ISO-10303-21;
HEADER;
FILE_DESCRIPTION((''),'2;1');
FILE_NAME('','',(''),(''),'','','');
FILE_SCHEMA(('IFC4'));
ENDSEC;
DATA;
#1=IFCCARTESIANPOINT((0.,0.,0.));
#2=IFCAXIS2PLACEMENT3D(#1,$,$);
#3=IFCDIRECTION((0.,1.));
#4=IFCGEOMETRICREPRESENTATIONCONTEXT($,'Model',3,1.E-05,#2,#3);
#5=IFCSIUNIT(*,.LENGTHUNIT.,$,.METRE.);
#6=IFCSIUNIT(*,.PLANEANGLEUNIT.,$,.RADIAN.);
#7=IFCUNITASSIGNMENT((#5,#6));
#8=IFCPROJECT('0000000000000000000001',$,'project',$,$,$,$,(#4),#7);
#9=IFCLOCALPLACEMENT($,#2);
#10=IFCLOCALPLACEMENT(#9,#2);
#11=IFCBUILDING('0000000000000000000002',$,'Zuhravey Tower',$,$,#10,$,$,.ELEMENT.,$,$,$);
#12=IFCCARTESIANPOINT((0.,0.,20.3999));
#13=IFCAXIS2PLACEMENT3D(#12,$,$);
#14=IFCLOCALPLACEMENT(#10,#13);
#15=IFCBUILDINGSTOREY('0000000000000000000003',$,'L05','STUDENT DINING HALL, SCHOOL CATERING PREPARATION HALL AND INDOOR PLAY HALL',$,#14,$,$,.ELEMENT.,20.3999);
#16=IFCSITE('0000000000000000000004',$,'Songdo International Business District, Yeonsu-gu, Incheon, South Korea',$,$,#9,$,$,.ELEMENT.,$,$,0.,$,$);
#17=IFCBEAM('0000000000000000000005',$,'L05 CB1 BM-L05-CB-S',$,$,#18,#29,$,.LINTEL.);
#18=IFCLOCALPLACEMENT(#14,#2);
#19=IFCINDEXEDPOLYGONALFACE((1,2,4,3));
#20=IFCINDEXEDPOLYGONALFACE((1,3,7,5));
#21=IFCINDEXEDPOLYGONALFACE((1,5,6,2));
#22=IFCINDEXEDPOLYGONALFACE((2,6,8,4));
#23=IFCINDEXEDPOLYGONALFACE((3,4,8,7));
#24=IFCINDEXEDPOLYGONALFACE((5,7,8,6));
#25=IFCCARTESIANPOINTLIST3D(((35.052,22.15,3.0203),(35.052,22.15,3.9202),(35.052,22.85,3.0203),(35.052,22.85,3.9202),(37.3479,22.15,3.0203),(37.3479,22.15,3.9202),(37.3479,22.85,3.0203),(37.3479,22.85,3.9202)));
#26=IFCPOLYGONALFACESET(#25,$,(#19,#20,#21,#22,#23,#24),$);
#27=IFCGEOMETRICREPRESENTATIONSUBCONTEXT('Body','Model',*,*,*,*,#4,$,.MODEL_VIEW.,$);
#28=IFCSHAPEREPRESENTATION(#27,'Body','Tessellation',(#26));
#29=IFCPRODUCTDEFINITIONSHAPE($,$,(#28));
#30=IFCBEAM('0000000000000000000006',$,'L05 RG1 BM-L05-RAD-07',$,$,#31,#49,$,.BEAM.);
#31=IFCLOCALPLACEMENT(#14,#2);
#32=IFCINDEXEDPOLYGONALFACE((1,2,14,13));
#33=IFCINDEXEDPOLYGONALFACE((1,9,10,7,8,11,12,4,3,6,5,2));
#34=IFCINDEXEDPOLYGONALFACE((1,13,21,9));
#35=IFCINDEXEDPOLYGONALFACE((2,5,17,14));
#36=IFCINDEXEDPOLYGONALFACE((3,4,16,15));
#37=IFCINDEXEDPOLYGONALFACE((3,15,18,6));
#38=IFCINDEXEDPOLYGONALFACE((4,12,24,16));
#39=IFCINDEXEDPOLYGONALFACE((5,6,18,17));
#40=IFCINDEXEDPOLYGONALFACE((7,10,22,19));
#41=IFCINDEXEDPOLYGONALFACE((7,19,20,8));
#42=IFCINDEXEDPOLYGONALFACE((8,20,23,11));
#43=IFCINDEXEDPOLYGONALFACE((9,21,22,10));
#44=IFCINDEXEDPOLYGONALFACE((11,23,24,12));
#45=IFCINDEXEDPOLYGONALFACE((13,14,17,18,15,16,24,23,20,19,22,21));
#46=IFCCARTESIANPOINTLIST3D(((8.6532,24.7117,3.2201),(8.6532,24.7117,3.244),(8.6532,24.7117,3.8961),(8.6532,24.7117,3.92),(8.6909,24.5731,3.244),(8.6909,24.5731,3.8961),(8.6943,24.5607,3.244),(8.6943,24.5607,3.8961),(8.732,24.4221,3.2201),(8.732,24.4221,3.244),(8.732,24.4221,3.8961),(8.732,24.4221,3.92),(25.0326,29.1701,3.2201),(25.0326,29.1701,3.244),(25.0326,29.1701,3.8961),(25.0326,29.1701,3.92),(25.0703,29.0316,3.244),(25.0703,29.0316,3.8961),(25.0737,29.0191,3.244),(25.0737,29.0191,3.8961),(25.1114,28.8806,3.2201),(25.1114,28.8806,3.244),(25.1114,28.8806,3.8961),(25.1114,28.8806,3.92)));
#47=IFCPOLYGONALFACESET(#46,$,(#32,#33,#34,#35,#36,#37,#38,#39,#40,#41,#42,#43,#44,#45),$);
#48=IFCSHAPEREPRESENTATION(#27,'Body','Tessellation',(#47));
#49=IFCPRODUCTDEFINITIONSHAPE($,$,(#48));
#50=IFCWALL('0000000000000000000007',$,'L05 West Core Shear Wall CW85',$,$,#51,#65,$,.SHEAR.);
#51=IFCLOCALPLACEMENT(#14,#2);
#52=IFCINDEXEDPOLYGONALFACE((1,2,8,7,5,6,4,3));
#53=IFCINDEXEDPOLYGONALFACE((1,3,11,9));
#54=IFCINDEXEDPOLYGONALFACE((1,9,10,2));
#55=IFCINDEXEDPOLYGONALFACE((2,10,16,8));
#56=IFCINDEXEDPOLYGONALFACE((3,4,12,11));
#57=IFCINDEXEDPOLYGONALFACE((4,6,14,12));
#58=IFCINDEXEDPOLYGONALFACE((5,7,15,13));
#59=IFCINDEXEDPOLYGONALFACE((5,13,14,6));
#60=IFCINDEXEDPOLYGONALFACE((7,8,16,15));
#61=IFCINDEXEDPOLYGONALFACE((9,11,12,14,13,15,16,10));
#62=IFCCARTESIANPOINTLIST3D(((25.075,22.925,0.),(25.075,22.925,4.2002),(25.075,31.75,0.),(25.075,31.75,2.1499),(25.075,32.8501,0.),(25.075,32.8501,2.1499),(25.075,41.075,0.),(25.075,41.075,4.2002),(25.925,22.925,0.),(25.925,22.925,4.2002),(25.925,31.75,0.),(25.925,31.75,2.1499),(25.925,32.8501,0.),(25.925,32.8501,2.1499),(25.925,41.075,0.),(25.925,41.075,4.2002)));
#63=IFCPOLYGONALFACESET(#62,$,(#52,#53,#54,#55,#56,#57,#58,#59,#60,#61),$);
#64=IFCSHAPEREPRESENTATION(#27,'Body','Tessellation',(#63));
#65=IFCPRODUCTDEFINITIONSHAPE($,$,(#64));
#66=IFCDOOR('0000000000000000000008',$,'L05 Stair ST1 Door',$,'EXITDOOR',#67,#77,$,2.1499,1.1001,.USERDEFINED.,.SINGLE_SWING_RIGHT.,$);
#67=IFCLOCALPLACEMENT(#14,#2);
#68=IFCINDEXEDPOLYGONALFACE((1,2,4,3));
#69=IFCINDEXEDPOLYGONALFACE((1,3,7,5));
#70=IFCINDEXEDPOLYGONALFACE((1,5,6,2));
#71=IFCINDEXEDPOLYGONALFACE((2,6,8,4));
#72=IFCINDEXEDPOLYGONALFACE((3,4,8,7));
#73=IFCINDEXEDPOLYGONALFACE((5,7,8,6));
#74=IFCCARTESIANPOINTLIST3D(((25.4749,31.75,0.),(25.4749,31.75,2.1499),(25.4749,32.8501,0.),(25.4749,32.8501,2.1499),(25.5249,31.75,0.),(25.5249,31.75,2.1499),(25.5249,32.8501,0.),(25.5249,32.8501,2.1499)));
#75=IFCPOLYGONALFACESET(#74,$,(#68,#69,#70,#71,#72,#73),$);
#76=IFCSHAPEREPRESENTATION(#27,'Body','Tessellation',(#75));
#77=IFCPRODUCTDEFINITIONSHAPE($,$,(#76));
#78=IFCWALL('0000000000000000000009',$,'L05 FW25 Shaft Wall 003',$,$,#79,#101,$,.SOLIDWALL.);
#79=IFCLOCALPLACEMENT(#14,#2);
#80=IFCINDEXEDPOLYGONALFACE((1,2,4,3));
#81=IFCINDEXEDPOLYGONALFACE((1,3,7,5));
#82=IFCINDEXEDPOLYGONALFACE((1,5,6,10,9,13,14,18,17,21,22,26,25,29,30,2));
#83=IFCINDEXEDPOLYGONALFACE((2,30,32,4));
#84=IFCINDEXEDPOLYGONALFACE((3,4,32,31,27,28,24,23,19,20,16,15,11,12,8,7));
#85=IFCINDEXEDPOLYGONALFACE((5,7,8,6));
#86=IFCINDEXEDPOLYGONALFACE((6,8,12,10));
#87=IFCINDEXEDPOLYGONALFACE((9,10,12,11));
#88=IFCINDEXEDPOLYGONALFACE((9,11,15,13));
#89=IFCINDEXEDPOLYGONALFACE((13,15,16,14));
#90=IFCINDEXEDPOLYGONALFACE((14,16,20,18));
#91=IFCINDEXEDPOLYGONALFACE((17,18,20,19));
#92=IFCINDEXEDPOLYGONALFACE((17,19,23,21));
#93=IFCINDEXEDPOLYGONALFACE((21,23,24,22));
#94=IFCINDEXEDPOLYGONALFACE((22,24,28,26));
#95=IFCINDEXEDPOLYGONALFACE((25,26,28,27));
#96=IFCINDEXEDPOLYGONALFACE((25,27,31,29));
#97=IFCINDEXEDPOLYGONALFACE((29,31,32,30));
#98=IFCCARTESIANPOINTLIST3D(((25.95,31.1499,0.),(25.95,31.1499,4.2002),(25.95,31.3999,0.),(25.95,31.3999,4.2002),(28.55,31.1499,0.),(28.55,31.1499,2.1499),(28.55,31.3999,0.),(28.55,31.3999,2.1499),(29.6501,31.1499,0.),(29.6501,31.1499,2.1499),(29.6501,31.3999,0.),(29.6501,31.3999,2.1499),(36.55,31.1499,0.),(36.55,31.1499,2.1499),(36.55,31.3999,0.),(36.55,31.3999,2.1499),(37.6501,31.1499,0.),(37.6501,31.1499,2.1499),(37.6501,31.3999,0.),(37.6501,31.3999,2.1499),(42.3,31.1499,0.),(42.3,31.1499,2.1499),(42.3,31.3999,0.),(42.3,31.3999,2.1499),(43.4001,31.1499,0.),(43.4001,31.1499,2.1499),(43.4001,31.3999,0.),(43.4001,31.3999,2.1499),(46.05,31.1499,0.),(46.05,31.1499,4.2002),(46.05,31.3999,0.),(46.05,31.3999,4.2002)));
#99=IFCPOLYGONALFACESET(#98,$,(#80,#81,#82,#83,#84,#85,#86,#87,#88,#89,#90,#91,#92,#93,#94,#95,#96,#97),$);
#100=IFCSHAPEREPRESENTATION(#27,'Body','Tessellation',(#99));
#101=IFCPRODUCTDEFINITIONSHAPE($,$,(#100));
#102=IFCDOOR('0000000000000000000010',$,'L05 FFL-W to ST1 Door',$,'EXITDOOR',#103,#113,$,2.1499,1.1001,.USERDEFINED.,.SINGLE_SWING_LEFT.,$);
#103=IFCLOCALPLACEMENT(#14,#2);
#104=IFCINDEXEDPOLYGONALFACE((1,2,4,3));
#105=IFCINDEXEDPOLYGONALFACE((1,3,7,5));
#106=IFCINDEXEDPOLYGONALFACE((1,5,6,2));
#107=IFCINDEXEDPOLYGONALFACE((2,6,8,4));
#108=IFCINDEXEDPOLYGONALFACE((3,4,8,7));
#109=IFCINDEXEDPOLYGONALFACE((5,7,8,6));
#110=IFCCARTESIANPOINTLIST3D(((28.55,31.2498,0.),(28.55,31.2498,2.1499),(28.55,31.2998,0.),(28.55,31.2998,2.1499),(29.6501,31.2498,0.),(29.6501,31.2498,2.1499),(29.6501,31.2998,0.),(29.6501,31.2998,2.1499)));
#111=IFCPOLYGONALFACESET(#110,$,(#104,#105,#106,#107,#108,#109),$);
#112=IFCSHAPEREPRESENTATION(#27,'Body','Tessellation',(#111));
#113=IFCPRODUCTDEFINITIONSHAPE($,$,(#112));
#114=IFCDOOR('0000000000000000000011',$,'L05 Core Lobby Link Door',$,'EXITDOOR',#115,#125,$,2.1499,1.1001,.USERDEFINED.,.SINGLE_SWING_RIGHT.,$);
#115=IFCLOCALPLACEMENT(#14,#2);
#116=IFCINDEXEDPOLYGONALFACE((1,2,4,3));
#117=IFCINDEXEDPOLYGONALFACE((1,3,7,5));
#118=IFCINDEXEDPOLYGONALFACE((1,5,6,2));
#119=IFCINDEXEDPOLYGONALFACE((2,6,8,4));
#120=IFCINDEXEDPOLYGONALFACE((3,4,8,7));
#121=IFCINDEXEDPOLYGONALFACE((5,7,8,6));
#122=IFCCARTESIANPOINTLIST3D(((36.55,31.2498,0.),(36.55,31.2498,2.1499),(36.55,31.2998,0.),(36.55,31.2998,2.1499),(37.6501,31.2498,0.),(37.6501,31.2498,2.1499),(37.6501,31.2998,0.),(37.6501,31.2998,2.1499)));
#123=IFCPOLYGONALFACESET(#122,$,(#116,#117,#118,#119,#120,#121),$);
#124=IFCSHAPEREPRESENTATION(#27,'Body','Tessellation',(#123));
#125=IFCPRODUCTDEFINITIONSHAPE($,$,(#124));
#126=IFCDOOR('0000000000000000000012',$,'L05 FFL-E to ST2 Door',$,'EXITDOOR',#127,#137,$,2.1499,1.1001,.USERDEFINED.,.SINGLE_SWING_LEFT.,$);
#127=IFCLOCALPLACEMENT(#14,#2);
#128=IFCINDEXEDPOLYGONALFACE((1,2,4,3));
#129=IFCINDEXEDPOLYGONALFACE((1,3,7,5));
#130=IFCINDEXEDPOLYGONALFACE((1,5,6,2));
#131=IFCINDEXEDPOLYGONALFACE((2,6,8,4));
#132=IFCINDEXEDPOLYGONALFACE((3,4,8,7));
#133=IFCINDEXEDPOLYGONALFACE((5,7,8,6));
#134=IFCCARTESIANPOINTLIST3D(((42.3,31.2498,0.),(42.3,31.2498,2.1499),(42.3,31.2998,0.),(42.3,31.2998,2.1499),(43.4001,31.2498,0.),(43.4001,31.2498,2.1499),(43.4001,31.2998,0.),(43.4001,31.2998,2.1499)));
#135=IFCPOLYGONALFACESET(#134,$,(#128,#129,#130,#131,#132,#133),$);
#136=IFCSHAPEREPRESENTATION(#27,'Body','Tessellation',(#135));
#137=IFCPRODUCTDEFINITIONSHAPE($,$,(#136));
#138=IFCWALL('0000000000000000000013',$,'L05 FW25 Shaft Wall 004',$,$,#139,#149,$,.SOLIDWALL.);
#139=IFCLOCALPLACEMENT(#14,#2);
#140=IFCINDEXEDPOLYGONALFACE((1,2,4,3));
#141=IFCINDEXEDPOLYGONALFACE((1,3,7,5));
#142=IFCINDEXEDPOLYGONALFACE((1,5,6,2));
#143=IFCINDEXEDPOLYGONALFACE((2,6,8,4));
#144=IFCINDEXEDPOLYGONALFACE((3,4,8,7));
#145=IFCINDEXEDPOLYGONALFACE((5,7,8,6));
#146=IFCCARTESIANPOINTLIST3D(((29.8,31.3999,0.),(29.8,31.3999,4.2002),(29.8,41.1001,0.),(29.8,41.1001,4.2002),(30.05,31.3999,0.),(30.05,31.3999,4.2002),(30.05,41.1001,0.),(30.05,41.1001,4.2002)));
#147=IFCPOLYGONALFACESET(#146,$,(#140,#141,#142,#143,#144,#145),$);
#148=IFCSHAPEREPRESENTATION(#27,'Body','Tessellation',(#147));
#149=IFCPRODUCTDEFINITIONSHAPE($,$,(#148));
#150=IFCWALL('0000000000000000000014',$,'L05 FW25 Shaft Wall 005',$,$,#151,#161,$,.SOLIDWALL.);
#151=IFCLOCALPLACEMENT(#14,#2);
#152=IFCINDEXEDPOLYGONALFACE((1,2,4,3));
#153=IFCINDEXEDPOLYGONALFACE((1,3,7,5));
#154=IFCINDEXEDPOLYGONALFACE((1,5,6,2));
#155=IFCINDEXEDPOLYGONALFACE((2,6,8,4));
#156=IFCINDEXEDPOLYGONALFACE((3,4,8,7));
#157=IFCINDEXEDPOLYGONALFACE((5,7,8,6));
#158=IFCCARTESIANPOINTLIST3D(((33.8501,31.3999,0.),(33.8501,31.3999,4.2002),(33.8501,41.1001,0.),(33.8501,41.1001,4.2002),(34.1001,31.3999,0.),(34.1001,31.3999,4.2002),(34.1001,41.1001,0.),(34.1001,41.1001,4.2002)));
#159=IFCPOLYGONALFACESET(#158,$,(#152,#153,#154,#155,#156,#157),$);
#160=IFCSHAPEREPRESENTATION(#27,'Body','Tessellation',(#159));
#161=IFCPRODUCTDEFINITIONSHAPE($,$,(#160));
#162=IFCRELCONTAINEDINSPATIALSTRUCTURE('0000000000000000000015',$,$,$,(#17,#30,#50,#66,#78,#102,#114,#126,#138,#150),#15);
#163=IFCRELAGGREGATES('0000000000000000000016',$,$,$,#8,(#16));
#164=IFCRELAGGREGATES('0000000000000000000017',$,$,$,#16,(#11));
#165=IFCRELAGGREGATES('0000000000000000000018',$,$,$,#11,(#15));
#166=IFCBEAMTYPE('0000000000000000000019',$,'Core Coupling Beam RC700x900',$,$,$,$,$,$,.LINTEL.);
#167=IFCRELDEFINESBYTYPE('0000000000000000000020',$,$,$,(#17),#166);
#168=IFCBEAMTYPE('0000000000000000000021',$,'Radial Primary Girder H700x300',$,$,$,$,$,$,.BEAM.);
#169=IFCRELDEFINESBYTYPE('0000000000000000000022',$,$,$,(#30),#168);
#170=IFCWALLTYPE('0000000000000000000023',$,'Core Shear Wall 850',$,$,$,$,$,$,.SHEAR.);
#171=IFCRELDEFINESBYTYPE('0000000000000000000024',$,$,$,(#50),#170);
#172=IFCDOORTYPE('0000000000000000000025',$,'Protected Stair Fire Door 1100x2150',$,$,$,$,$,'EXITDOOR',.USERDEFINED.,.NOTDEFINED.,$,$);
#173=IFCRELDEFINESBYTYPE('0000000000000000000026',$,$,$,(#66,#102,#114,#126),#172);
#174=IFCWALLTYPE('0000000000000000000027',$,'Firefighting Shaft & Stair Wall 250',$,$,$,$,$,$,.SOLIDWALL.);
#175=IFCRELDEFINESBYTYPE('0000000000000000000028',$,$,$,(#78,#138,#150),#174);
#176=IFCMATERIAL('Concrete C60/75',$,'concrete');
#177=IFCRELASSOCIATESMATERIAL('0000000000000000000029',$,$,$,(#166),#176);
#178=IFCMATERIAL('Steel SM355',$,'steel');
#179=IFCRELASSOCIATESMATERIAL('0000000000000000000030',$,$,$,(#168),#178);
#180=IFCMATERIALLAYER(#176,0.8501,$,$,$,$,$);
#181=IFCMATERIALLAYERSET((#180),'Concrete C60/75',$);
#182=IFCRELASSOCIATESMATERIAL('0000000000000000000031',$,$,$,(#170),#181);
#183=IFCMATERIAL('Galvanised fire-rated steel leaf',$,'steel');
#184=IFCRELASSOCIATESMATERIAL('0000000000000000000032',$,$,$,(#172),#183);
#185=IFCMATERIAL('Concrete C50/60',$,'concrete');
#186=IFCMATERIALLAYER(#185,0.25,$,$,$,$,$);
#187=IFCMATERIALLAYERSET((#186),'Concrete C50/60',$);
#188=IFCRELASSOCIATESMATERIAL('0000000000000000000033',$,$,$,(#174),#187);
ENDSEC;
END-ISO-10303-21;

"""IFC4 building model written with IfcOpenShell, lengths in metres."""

from ifc_helpers import new_model, si_unit, direction, frame, frame_2d, origin, origin_2d, place, context, subcontext, project, spatial, rectangle, i_section, extrude, material, layer, layer_set, material_profile, profile_set, type_object, element, fill, save


model = new_model("IFC4")

# Units and contexts
model_context = context("Model", 3, precision=1e-05, world=origin(), true_north=direction((0.0, 1.0)))
body_context = subcontext(model_context, "Body", "Model", "MODEL_VIEW")
ifc_project = project(units=[si_unit("LENGTHUNIT", "METRE"), si_unit("PLANEANGLEUNIT", "RADIAN")], contexts=[model_context])

# Site, building, storey
site_placement = place(None, origin())
site = spatial("IfcSite", under=ifc_project, at=site_placement, Name="Songdo International Business District, Yeonsu-gu, Incheon, South Korea", CompositionType="ELEMENT", RefElevation=0.0)
building_placement = place(site_placement, origin())
building = spatial("IfcBuilding", under=site, at=building_placement, Name="Zuhravey Tower", CompositionType="ELEMENT")
storey_placement = place(building_placement, frame((0.0, 0.0, 20.3999)))
storey = spatial("IfcBuildingStorey", under=building, at=storey_placement, Name="L05", Description="STUDENT DINING HALL, SCHOOL CATERING PREPARATION HALL AND INDOOR PLAY HALL", CompositionType="ELEMENT", Elevation=20.3999)

# Beams
ifc_material_1 = material(Name="Concrete C60/75", Category="concrete")
ifc_material_profile_1 = material_profile(ifc_material_1, rectangle(XDim=0.7, YDim=0.8999, at=origin_2d()), Name="RC-700x900")
ifc_profile_set_1 = profile_set([ifc_material_profile_1], Name="Concrete C60/75")
beam_type_1 = type_object("IfcBeamType", Name="Core Coupling Beam RC700x900", PredefinedType="LINTEL", material=ifc_profile_set_1)
beam_1_placement = place(storey_placement, frame((35.052, 22.5, 3.4702), z_axis=(1.0, 0.0, 0.0), x_axis=(0.0, 1.0, 0.0)))
element("IfcBeam", 1, at=beam_1_placement, inside=storey, type_object=beam_type_1, Name="L05 CB1 BM-L05-CB-S", PredefinedType="LINTEL", context=body_context, shape_type="SweptSolid", body=[
    extrude(rectangle(XDim=0.7, YDim=0.8999, at=origin_2d()), origin(), (0.0, 0.0, 1.0), 2.2959),
])
ifc_material_2 = material(Name="Steel SM355", Category="steel")
ifc_material_profile_2 = material_profile(ifc_material_2, i_section(OverallWidth=0.3, OverallDepth=0.7, WebThickness=0.0129, FlangeThickness=0.0239, at=origin_2d()), Name="H-700x300x13x24")
ifc_profile_set_2 = profile_set([ifc_material_profile_2], Name="Steel SM355")
beam_type_2 = type_object("IfcBeamType", Name="Radial Primary Girder H700x300", PredefinedType="BEAM", material=ifc_profile_set_2)
beam_2_placement = place(storey_placement, frame((25.072, 29.0254, 3.5701), z_axis=(-0.964892, -0.262645, 0.0), x_axis=(0.262645, -0.964892, 0.0)))
element("IfcBeam", 2, at=beam_2_placement, inside=storey, type_object=beam_type_2, Name="L05 RG1 BM-L05-RAD-07", PredefinedType="BEAM", context=body_context, shape_type="SweptSolid", body=[
    extrude(i_section(OverallWidth=0.3, OverallDepth=0.7, WebThickness=0.0129, FlangeThickness=0.0239, at=origin_2d()), origin(), (0.0, 0.0, 1.0), 16.9753),
])

# Wall, opening, door
ifc_layer_1 = layer(ifc_material_1, 0.8501)
ifc_layer_set_1 = layer_set([ifc_layer_1], Name="Concrete C60/75")
wall_type_1 = type_object("IfcWallType", Name="Core Shear Wall 850", PredefinedType="SHEAR", material=ifc_layer_set_1)
wall_1_placement = place(storey_placement, frame((25.5, 22.925, 0.0), z_axis=(0.0, 0.0, 1.0), x_axis=(0.0, 1.0, 0.0)))
wall_1 = element("IfcWall", 3, at=wall_1_placement, inside=storey, type_object=wall_type_1, Name="L05 West Core Shear Wall CW85", PredefinedType="SHEAR", context=body_context, shape_type="SweptSolid", body=[
    extrude(rectangle(XDim=18.1499, YDim=0.8501, at=frame_2d((9.075, 0.0))), origin(), (0.0, 0.0, 1.0), 4.2002),
])
opening_1_placement = place(wall_1_placement, frame((8.825, 0.0, 0.0)))
opening_1 = element("IfcOpeningElement", 4, at=opening_1_placement, cuts=wall_1, PredefinedType="OPENING", context=body_context, shape_type="SweptSolid", body=[
    extrude(rectangle(XDim=1.1001, YDim=2.1499, at=frame_2d((0.55, 1.075))), frame((0.0, 0.437, 0.0), z_axis=(0.0, -1.0, 0.0), x_axis=(1.0, 0.0, 0.0)), (0.0, 0.0, 1.0), 0.874),
])
ifc_material_3 = material(Name="Galvanised fire-rated steel leaf", Category="steel")
door_type_1 = type_object("IfcDoorType", Name="Protected Stair Fire Door 1100x2150", ElementType="EXITDOOR", OperationType="NOTDEFINED", PredefinedType="USERDEFINED", material=ifc_material_3)
door_1_placement = place(opening_1_placement, frame((1.1001, 0.0, 0.0), z_axis=(0.0, 0.0, 1.0), x_axis=(-1.0, 0.0, 0.0)))
door_1 = element("IfcDoor", 5, at=door_1_placement, inside=storey, type_object=door_type_1, Name="L05 Stair ST1 Door", ObjectType="EXITDOOR", OperationType="SINGLE_SWING_RIGHT", OverallHeight=2.1499, OverallWidth=1.1001, PredefinedType="USERDEFINED", context=body_context, shape_type="SweptSolid", body=[
    extrude(rectangle(XDim=1.1001, YDim=2.1499, at=frame_2d((0.55, 1.075))), frame((0.0, 0.0249, 0.0), z_axis=(0.0, -1.0, 0.0), x_axis=(1.0, 0.0, 0.0)), (0.0, 0.0, 1.0), 0.05),
])
fill(opening_1, door_1)
ifc_material_4 = material(Name="Concrete C50/60", Category="concrete")
ifc_layer_2 = layer(ifc_material_4, 0.25)
ifc_layer_set_2 = layer_set([ifc_layer_2], Name="Concrete C50/60")
wall_type_2 = type_object("IfcWallType", Name="Firefighting Shaft & Stair Wall 250", PredefinedType="SOLIDWALL", material=ifc_layer_set_2)

# Wall, openings, doors
wall_2_placement = place(storey_placement, frame((25.95, 31.2749, 0.0), z_axis=(0.0, 0.0, 1.0), x_axis=(1.0, 0.0, 0.0)))
wall_2 = element("IfcWall", 6, at=wall_2_placement, inside=storey, type_object=wall_type_2, Name="L05 FW25 Shaft Wall 003", PredefinedType="SOLIDWALL", context=body_context, shape_type="SweptSolid", body=[
    extrude(rectangle(XDim=20.1001, YDim=0.25, at=frame_2d((10.05, 0.0))), origin(), (0.0, 0.0, 1.0), 4.2002),
])
opening_2_placement = place(wall_2_placement, frame((2.6001, 0.0, 0.0)))
opening_2 = element("IfcOpeningElement", 7, at=opening_2_placement, cuts=wall_2, PredefinedType="OPENING", context=body_context, shape_type="SweptSolid", body=[
    extrude(rectangle(XDim=1.1001, YDim=2.1499, at=frame_2d((0.55, 1.075))), frame((0.0, 0.137, 0.0), z_axis=(0.0, -1.0, 0.0), x_axis=(1.0, 0.0, 0.0)), (0.0, 0.0, 1.0), 0.2739),
])
opening_3_placement = place(wall_2_placement, frame((10.6001, 0.0, 0.0)))
opening_3 = element("IfcOpeningElement", 8, at=opening_3_placement, cuts=wall_2, PredefinedType="OPENING", context=body_context, shape_type="SweptSolid", body=[
    extrude(rectangle(XDim=1.1001, YDim=2.1499, at=frame_2d((0.55, 1.075))), frame((0.0, 0.137, 0.0), z_axis=(0.0, -1.0, 0.0), x_axis=(1.0, 0.0, 0.0)), (0.0, 0.0, 1.0), 0.2739),
])
opening_4_placement = place(wall_2_placement, frame((16.3501, 0.0, 0.0)))
opening_4 = element("IfcOpeningElement", 9, at=opening_4_placement, cuts=wall_2, PredefinedType="OPENING", context=body_context, shape_type="SweptSolid", body=[
    extrude(rectangle(XDim=1.1001, YDim=2.1499, at=frame_2d((0.55, 1.075))), frame((0.0, 0.137, 0.0), z_axis=(0.0, -1.0, 0.0), x_axis=(1.0, 0.0, 0.0)), (0.0, 0.0, 1.0), 0.2739),
])
door_2_placement = place(opening_2_placement, origin())
door_2 = element("IfcDoor", 10, at=door_2_placement, inside=storey, type_object=door_type_1, Name="L05 FFL-W to ST1 Door", ObjectType="EXITDOOR", OperationType="SINGLE_SWING_LEFT", OverallHeight=2.1499, OverallWidth=1.1001, PredefinedType="USERDEFINED", context=body_context, shape_type="SweptSolid", body=[
    extrude(rectangle(XDim=1.1001, YDim=2.1499, at=frame_2d((0.55, 1.075))), frame((0.0, 0.0249, 0.0), z_axis=(0.0, -1.0, 0.0), x_axis=(1.0, 0.0, 0.0)), (0.0, 0.0, 1.0), 0.05),
])
fill(opening_2, door_2)
door_3_placement = place(opening_3_placement, origin())
door_3 = element("IfcDoor", 11, at=door_3_placement, inside=storey, type_object=door_type_1, Name="L05 Core Lobby Link Door", ObjectType="EXITDOOR", OperationType="SINGLE_SWING_RIGHT", OverallHeight=2.1499, OverallWidth=1.1001, PredefinedType="USERDEFINED", context=body_context, shape_type="SweptSolid", body=[
    extrude(rectangle(XDim=1.1001, YDim=2.1499, at=frame_2d((0.55, 1.075))), frame((0.0, 0.0249, 0.0), z_axis=(0.0, -1.0, 0.0), x_axis=(1.0, 0.0, 0.0)), (0.0, 0.0, 1.0), 0.05),
])
fill(opening_3, door_3)
door_4_placement = place(opening_4_placement, origin())
door_4 = element("IfcDoor", 12, at=door_4_placement, inside=storey, type_object=door_type_1, Name="L05 FFL-E to ST2 Door", ObjectType="EXITDOOR", OperationType="SINGLE_SWING_LEFT", OverallHeight=2.1499, OverallWidth=1.1001, PredefinedType="USERDEFINED", context=body_context, shape_type="SweptSolid", body=[
    extrude(rectangle(XDim=1.1001, YDim=2.1499, at=frame_2d((0.55, 1.075))), frame((0.0, 0.0249, 0.0), z_axis=(0.0, -1.0, 0.0), x_axis=(1.0, 0.0, 0.0)), (0.0, 0.0, 1.0), 0.05),
])
fill(opening_4, door_4)

# Walls
for number, where, z_axis, x_axis, name in (
    (13, (29.925, 31.3999, 0.0), (0.0, 0.0, 1.0), (0.0, 1.0, 0.0), "L05 FW25 Shaft Wall 004"),
    (14, (33.9751, 31.3999, 0.0), (0.0, 0.0, 1.0), (0.0, 1.0, 0.0), "L05 FW25 Shaft Wall 005"),
):
    element("IfcWall", number, at=place(storey_placement, frame(where, z_axis=z_axis, x_axis=x_axis)), inside=storey, type_object=wall_type_2, Name=name, PredefinedType="SOLIDWALL", context=body_context, shape_type="SweptSolid", body=[
        extrude(rectangle(XDim=9.7002, YDim=0.25, at=frame_2d((4.8501, 0.0))), origin(), (0.0, 0.0, 1.0), 4.2002),
    ])

save(model, "model.ifc")
